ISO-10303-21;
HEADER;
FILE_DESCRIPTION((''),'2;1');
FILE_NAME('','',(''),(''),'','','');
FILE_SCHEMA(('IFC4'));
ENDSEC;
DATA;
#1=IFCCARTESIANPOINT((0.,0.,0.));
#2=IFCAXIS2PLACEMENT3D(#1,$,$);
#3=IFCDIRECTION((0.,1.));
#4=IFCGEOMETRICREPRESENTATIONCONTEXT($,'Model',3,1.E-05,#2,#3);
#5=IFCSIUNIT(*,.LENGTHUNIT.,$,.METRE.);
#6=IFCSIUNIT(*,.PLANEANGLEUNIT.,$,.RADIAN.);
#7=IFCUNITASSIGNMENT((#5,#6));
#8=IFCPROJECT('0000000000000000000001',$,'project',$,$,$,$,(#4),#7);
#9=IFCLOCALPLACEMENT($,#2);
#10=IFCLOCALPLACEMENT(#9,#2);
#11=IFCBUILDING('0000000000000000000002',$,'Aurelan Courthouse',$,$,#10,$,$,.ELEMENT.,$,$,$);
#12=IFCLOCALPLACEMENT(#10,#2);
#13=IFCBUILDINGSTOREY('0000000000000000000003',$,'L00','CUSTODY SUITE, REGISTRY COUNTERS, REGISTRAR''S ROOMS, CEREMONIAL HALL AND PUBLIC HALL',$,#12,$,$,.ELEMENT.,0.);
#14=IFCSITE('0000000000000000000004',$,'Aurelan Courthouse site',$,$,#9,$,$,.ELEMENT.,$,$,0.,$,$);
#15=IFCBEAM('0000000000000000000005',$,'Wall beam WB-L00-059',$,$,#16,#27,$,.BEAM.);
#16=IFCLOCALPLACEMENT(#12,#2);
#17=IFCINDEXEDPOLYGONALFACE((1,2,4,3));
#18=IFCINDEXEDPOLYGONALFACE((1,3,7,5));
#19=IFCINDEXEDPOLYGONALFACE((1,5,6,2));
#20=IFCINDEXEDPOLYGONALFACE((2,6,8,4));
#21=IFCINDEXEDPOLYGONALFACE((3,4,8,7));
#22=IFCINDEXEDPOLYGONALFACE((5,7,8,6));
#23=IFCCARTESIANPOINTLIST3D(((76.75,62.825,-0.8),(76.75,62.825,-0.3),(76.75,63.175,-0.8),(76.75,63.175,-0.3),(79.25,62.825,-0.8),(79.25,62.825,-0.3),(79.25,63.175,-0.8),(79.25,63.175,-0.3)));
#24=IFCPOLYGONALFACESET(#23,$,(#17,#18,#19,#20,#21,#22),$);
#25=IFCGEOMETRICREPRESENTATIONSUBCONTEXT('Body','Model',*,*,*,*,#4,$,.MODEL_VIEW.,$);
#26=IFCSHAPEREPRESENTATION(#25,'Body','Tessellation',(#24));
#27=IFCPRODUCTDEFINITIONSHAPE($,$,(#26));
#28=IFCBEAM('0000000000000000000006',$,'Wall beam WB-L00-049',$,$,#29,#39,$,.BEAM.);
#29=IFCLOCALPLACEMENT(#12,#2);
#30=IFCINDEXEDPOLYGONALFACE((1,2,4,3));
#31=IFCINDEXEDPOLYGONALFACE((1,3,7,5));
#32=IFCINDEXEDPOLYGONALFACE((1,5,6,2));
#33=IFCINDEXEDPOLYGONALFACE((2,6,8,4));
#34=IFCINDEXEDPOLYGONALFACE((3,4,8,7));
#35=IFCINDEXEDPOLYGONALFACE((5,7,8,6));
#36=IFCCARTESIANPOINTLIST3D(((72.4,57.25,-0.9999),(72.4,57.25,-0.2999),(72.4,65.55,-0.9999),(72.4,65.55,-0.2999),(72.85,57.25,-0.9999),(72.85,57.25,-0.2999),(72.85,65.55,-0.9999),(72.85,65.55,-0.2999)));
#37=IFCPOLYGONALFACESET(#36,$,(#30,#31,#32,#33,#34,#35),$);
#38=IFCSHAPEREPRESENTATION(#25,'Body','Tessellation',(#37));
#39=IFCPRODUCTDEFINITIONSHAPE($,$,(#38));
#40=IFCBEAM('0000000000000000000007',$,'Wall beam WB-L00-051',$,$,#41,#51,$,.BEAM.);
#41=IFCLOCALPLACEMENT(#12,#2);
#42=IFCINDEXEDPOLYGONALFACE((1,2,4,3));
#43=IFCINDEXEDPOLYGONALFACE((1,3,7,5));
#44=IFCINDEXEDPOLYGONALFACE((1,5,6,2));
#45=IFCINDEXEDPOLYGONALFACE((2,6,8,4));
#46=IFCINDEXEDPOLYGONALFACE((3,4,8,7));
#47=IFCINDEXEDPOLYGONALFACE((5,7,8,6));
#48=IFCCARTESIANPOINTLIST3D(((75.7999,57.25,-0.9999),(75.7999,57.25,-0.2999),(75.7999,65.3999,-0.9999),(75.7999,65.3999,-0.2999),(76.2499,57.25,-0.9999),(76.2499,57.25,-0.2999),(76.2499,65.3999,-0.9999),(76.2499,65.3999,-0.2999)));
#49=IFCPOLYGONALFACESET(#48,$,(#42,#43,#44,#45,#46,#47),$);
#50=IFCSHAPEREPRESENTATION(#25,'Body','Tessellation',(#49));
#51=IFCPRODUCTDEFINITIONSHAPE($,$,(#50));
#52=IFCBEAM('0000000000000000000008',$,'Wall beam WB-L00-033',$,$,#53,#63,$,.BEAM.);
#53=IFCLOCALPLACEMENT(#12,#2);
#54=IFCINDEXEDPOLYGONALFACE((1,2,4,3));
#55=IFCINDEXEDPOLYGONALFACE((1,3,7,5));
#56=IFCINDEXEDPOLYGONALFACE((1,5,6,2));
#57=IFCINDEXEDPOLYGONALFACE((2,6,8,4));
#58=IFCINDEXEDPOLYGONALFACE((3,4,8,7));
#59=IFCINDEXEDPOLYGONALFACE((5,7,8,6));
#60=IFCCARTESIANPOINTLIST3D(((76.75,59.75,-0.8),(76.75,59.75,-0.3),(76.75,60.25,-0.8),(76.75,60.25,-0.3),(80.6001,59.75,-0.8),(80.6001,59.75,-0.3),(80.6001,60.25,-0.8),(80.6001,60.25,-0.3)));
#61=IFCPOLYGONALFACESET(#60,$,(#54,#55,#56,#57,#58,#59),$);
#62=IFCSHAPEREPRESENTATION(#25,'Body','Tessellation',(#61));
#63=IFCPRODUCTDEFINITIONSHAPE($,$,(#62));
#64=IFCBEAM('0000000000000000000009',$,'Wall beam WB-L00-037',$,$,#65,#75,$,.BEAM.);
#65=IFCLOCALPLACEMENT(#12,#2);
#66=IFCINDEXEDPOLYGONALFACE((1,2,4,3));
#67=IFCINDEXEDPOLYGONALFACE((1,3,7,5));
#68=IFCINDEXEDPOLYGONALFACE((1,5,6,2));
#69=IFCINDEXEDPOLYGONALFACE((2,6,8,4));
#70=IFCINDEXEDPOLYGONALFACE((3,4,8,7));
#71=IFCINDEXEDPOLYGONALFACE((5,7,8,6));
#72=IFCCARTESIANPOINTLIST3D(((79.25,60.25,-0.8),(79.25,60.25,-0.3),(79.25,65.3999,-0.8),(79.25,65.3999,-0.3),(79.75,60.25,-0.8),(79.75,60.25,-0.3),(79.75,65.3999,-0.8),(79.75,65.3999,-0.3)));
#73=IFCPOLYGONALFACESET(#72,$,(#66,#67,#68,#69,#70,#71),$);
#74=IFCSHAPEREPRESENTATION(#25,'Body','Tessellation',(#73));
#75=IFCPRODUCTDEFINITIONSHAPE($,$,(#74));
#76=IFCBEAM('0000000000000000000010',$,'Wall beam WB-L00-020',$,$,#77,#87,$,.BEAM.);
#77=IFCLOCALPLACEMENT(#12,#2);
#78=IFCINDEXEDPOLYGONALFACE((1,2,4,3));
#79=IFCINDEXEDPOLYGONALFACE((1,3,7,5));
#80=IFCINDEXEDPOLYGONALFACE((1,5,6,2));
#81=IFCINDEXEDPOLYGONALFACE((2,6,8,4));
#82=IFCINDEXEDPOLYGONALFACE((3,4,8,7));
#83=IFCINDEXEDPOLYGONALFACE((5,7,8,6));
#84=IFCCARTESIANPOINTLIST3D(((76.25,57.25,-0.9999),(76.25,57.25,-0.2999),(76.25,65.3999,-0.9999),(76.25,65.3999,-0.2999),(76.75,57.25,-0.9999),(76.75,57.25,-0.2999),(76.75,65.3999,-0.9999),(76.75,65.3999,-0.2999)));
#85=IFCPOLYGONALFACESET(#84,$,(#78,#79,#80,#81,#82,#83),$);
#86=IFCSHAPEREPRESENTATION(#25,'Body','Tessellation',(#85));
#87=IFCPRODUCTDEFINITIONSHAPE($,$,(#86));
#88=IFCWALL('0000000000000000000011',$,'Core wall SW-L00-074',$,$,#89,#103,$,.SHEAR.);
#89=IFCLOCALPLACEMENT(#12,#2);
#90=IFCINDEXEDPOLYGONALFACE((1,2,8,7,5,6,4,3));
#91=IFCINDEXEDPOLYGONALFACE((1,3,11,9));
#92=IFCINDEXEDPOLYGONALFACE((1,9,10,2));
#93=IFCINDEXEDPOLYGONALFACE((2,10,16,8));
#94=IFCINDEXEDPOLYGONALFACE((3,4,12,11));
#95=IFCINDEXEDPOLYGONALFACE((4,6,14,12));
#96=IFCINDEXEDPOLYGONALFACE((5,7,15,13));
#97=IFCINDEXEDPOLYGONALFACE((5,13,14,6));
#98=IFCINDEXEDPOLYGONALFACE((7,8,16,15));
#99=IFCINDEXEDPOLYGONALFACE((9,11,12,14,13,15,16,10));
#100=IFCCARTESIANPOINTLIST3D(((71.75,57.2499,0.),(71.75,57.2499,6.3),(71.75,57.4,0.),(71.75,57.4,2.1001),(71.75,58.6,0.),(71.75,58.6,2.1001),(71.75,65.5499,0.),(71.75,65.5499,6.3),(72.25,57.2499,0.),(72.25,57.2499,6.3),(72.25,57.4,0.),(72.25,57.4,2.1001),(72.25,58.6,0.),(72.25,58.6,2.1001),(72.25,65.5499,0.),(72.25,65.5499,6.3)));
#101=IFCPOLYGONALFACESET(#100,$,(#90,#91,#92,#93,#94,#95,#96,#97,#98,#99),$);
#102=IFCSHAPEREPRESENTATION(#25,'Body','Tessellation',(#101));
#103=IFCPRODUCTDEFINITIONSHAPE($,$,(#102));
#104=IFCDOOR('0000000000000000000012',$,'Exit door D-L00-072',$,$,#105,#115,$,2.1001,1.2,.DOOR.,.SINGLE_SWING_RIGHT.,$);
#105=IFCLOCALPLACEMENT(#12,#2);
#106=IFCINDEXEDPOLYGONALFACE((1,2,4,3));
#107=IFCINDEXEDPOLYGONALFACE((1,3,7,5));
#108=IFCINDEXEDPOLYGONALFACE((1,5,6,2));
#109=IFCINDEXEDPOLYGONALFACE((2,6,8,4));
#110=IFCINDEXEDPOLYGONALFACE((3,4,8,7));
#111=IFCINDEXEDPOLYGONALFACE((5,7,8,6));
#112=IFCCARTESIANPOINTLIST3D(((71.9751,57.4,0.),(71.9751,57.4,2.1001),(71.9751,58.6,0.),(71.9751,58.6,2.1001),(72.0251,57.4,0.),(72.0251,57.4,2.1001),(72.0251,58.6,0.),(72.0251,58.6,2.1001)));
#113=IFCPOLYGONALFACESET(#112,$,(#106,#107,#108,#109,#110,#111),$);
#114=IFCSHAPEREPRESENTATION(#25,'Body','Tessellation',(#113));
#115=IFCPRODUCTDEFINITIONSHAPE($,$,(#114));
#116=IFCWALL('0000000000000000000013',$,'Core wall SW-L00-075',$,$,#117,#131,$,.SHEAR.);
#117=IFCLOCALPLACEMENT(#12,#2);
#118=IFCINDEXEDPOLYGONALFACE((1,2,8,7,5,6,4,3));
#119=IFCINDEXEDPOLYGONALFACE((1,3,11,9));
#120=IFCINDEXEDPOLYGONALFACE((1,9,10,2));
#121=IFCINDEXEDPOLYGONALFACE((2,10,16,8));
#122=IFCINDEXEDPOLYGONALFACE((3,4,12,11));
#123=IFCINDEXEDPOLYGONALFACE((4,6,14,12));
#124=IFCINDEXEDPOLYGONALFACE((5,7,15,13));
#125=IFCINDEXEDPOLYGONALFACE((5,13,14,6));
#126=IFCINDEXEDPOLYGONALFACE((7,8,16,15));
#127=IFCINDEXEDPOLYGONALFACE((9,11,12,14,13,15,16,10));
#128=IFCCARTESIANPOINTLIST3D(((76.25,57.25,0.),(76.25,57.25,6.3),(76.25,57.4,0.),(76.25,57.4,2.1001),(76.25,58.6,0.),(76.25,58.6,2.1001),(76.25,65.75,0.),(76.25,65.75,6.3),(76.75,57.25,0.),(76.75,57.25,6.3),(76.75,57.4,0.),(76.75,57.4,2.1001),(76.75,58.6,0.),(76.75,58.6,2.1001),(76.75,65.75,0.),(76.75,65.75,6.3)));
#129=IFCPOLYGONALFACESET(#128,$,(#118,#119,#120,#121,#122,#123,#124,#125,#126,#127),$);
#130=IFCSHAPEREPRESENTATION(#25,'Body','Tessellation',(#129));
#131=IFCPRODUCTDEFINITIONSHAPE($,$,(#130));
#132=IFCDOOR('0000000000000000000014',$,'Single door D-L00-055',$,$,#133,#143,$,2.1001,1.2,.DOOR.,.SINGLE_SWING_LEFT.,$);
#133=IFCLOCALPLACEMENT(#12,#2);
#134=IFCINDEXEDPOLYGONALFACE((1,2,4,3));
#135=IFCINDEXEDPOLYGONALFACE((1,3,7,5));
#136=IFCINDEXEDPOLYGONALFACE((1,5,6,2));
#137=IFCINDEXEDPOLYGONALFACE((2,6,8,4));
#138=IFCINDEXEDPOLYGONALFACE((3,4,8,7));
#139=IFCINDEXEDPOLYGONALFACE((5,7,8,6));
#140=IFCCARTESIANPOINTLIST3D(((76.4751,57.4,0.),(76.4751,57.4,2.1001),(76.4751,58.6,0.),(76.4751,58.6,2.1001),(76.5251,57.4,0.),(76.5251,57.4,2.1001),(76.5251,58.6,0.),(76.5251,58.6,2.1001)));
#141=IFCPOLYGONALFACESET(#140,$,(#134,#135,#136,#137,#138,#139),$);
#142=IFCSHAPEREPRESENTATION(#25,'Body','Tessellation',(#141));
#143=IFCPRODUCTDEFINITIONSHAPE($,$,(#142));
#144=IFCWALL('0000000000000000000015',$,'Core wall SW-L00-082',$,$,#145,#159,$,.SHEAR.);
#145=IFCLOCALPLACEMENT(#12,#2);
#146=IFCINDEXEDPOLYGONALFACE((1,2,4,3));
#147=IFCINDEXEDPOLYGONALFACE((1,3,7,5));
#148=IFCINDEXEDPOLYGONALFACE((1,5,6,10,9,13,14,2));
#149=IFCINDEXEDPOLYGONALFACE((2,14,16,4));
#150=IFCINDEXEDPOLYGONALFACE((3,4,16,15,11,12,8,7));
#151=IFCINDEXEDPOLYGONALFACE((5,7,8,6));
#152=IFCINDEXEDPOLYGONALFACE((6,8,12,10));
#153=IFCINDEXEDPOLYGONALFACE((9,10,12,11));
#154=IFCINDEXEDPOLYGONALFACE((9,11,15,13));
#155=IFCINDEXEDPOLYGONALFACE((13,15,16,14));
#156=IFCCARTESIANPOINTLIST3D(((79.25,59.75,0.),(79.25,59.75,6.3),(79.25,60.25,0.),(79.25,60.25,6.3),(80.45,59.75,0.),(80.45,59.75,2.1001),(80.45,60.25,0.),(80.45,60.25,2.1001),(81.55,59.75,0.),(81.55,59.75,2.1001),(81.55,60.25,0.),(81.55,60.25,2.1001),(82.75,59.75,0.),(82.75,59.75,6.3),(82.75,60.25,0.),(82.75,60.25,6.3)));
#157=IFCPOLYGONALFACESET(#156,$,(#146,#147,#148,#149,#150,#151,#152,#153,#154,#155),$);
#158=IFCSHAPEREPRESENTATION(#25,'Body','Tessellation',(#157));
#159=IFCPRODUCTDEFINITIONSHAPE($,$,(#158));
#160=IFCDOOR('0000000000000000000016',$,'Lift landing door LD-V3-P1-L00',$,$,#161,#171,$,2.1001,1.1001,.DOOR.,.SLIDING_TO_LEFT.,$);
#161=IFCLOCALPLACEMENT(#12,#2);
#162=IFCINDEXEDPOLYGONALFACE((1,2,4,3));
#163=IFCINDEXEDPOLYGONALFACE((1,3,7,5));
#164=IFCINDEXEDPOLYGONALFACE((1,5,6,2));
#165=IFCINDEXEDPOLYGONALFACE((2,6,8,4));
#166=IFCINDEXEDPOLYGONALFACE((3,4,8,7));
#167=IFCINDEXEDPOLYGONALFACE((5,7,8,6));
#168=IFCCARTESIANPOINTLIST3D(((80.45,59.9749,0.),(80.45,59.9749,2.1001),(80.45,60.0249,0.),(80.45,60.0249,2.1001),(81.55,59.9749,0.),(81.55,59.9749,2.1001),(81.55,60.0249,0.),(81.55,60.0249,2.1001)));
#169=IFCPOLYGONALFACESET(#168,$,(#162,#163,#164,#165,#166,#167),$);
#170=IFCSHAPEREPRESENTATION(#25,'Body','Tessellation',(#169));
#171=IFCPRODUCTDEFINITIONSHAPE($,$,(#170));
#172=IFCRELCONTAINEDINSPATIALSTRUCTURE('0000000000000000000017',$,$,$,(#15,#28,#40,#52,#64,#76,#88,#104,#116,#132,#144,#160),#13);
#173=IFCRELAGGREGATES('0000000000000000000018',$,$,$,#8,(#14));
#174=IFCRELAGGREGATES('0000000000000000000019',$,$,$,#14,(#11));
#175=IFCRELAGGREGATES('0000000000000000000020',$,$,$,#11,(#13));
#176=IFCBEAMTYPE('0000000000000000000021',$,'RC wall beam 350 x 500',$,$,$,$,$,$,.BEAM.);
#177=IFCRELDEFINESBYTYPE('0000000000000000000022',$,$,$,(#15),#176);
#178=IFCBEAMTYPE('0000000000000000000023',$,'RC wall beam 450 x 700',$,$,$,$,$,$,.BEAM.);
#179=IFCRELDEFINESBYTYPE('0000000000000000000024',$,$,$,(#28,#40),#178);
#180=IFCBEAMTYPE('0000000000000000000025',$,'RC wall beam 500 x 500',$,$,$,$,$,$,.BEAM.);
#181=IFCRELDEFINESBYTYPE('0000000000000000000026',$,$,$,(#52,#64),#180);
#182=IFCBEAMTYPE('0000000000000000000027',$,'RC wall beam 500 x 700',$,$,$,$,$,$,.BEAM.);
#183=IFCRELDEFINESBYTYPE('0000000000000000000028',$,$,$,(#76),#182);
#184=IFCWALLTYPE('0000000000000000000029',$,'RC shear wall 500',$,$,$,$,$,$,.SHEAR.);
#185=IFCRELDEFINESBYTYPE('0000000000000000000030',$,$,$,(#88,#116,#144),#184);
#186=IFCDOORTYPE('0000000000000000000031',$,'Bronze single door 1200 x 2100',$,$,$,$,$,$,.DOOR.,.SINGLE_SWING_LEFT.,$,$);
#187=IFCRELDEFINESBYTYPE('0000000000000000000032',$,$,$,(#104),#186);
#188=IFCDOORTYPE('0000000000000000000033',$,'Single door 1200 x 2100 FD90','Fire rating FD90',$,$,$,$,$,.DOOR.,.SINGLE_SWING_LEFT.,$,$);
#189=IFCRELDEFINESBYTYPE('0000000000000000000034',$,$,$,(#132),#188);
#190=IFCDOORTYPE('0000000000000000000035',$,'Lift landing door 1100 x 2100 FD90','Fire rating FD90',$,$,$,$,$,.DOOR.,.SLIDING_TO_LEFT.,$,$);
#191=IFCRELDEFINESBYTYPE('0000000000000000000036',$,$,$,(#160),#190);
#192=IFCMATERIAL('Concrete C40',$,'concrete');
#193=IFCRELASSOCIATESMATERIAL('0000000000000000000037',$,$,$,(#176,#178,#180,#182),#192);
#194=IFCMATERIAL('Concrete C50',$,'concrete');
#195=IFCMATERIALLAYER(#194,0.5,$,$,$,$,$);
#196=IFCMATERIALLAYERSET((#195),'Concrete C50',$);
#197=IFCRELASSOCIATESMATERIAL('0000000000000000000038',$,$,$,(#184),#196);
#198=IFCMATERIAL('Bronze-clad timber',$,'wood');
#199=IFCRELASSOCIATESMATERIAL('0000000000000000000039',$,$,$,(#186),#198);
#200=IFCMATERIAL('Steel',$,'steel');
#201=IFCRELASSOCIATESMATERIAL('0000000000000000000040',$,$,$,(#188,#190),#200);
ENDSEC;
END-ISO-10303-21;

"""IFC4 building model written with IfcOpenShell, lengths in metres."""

from ifc_helpers import new_model, si_unit, direction, frame, frame_2d, origin, origin_2d, place, context, subcontext, project, spatial, rectangle, extrude, material, layer, layer_set, material_profile, profile_set, type_object, element, fill, save


model = new_model("IFC4")

# Units and contexts
model_context = context("Model", 3, precision=1e-05, world=origin(), true_north=direction((0.0, 1.0)))
body_context = subcontext(model_context, "Body", "Model", "MODEL_VIEW")
ifc_project = project(units=[si_unit("LENGTHUNIT", "METRE"), si_unit("PLANEANGLEUNIT", "RADIAN")], contexts=[model_context])

# Site, building, storey
site_placement = place(None, origin())
site = spatial("IfcSite", under=ifc_project, at=site_placement, Name="Aurelan Courthouse site", CompositionType="ELEMENT", RefElevation=0.0)
building_placement = place(site_placement, origin())
building = spatial("IfcBuilding", under=site, at=building_placement, Name="Aurelan Courthouse", CompositionType="ELEMENT")
storey_placement = place(building_placement, origin())
storey = spatial("IfcBuildingStorey", under=building, at=storey_placement, Name="L00", Description="CUSTODY SUITE, REGISTRY COUNTERS, REGISTRAR'S ROOMS, CEREMONIAL HALL AND PUBLIC HALL", CompositionType="ELEMENT", Elevation=0.0)

# Beams
ifc_material_1 = material(Name="Concrete C40", Category="concrete")
ifc_material_profile_1 = material_profile(ifc_material_1, rectangle(XDim=0.3501, YDim=0.5, at=origin_2d()), Name="RC 350 x 500")
ifc_profile_set_1 = profile_set([ifc_material_profile_1], Name="Concrete C40")
beam_type_1 = type_object("IfcBeamType", Name="RC wall beam 350 x 500", PredefinedType="BEAM", material=ifc_profile_set_1)
beam_1_placement = place(storey_placement, frame((76.75, 63.0, -0.55), z_axis=(1.0, 0.0, 0.0), x_axis=(0.0, 1.0, 0.0)))
element("IfcBeam", 1, at=beam_1_placement, inside=storey, type_object=beam_type_1, Name="Wall beam WB-L00-059", PredefinedType="BEAM", context=body_context, shape_type="SweptSolid", body=[
    extrude(rectangle(XDim=0.3501, YDim=0.5, at=origin_2d()), origin(), (0.0, 0.0, 1.0), 2.5),
])
ifc_material_profile_2 = material_profile(ifc_material_1, rectangle(XDim=0.45, YDim=0.7, at=origin_2d()), Name="RC 450 x 700")
ifc_profile_set_2 = profile_set([ifc_material_profile_2], Name="Concrete C40")
beam_type_2 = type_object("IfcBeamType", Name="RC wall beam 450 x 700", PredefinedType="BEAM", material=ifc_profile_set_2)
beam_2_placement = place(storey_placement, frame((72.625, 57.25, -0.6499), z_axis=(0.0, 1.0, 0.0), x_axis=(-1.0, 0.0, 0.0)))
element("IfcBeam", 2, at=beam_2_placement, inside=storey, type_object=beam_type_2, Name="Wall beam WB-L00-049", PredefinedType="BEAM", context=body_context, shape_type="SweptSolid", body=[
    extrude(rectangle(XDim=0.45, YDim=0.7, at=origin_2d()), origin(), (0.0, 0.0, 1.0), 8.3),
])
beam_3_placement = place(storey_placement, frame((76.0249, 57.25, -0.6499), z_axis=(0.0, 1.0, 0.0), x_axis=(-1.0, 0.0, 0.0)))
element("IfcBeam", 3, at=beam_3_placement, inside=storey, type_object=beam_type_2, Name="Wall beam WB-L00-051", PredefinedType="BEAM", context=body_context, shape_type="SweptSolid", body=[
    extrude(rectangle(XDim=0.45, YDim=0.7, at=origin_2d()), origin(), (0.0, 0.0, 1.0), 8.1499),
])
ifc_material_profile_3 = material_profile(ifc_material_1, rectangle(XDim=0.5, YDim=0.5, at=origin_2d()), Name="RC 500 x 500")
ifc_profile_set_3 = profile_set([ifc_material_profile_3], Name="Concrete C40")
beam_type_3 = type_object("IfcBeamType", Name="RC wall beam 500 x 500", PredefinedType="BEAM", material=ifc_profile_set_3)
beam_4_placement = place(storey_placement, frame((76.75, 60.0, -0.55), z_axis=(1.0, 0.0, 0.0), x_axis=(0.0, 1.0, 0.0)))
element("IfcBeam", 4, at=beam_4_placement, inside=storey, type_object=beam_type_3, Name="Wall beam WB-L00-033", PredefinedType="BEAM", context=body_context, shape_type="SweptSolid", body=[
    extrude(rectangle(XDim=0.5, YDim=0.5, at=origin_2d()), origin(), (0.0, 0.0, 1.0), 3.8501),
])
beam_5_placement = place(storey_placement, frame((79.5, 60.25, -0.55), z_axis=(0.0, 1.0, 0.0), x_axis=(-1.0, 0.0, 0.0)))
element("IfcBeam", 5, at=beam_5_placement, inside=storey, type_object=beam_type_3, Name="Wall beam WB-L00-037", PredefinedType="BEAM", context=body_context, shape_type="SweptSolid", body=[
    extrude(rectangle(XDim=0.5, YDim=0.5, at=origin_2d()), origin(), (0.0, 0.0, 1.0), 5.1499),
])
ifc_material_profile_4 = material_profile(ifc_material_1, rectangle(XDim=0.5, YDim=0.7, at=origin_2d()), Name="RC 500 x 700")
ifc_profile_set_4 = profile_set([ifc_material_profile_4], Name="Concrete C40")
beam_type_4 = type_object("IfcBeamType", Name="RC wall beam 500 x 700", PredefinedType="BEAM", material=ifc_profile_set_4)
beam_6_placement = place(storey_placement, frame((76.5, 57.25, -0.6499), z_axis=(0.0, 1.0, 0.0), x_axis=(-1.0, 0.0, 0.0)))
element("IfcBeam", 6, at=beam_6_placement, inside=storey, type_object=beam_type_4, Name="Wall beam WB-L00-020", PredefinedType="BEAM", context=body_context, shape_type="SweptSolid", body=[
    extrude(rectangle(XDim=0.5, YDim=0.7, at=origin_2d()), origin(), (0.0, 0.0, 1.0), 8.1499),
])

# Walls, openings, doors
ifc_material_2 = material(Name="Concrete C50", Category="concrete")
ifc_layer_1 = layer(ifc_material_2, 0.5)
ifc_layer_set_1 = layer_set([ifc_layer_1], Name="Concrete C50")
wall_type_1 = type_object("IfcWallType", Name="RC shear wall 500", PredefinedType="SHEAR", material=ifc_layer_set_1)
wall_1_placement = place(storey_placement, frame((72.0, 57.25, 0.0), z_axis=(0.0, 0.0, 1.0), x_axis=(0.0, 1.0, 0.0)))
wall_1 = element("IfcWall", 7, at=wall_1_placement, inside=storey, type_object=wall_type_1, Name="Core wall SW-L00-074", PredefinedType="SHEAR", context=body_context, shape_type="SweptSolid", body=[
    extrude(rectangle(XDim=8.3, YDim=0.5, at=frame_2d((4.1499, 0.0))), origin(), (0.0, 0.0, 1.0), 6.3),
])
opening_1_placement = place(wall_1_placement, frame((0.1499, 0.0, 0.0)))
opening_1 = element("IfcOpeningElement", 8, at=opening_1_placement, cuts=wall_1, PredefinedType="OPENING", context=body_context, shape_type="SweptSolid", body=[
    extrude(rectangle(XDim=1.2, YDim=2.1001, at=frame_2d((0.6001, 1.05))), frame((0.0, 0.26, 0.0), z_axis=(0.0, -1.0, 0.0), x_axis=(1.0, 0.0, 0.0)), (0.0, 0.0, 1.0), 0.52),
])
ifc_material_3 = material(Name="Bronze-clad timber", Category="wood")
door_type_1 = type_object("IfcDoorType", Name="Bronze single door 1200 x 2100", OperationType="SINGLE_SWING_LEFT", PredefinedType="DOOR", material=ifc_material_3)
door_1_placement = place(opening_1_placement, origin())
door_1 = element("IfcDoor", 9, at=door_1_placement, inside=storey, type_object=door_type_1, Name="Exit door D-L00-072", OperationType="SINGLE_SWING_RIGHT", OverallHeight=2.1001, OverallWidth=1.2, PredefinedType="DOOR", context=body_context, shape_type="SweptSolid", body=[
    extrude(rectangle(XDim=1.2, YDim=2.1001, at=frame_2d((0.6001, 1.05))), frame((0.0, 0.0249, 0.0), z_axis=(0.0, -1.0, 0.0), x_axis=(1.0, 0.0, 0.0)), (0.0, 0.0, 1.0), 0.05),
])
fill(opening_1, door_1)
wall_2_placement = place(storey_placement, frame((76.5, 57.25, 0.0), z_axis=(0.0, 0.0, 1.0), x_axis=(0.0, 1.0, 0.0)))
wall_2 = element("IfcWall", 10, at=wall_2_placement, inside=storey, type_object=wall_type_1, Name="Core wall SW-L00-075", PredefinedType="SHEAR", context=body_context, shape_type="SweptSolid", body=[
    extrude(rectangle(XDim=8.5, YDim=0.5, at=frame_2d((4.25, 0.0))), origin(), (0.0, 0.0, 1.0), 6.3),
])
opening_2_placement = place(wall_2_placement, frame((0.1499, 0.0, 0.0)))
opening_2 = element("IfcOpeningElement", 11, at=opening_2_placement, cuts=wall_2, PredefinedType="OPENING", context=body_context, shape_type="SweptSolid", body=[
    extrude(rectangle(XDim=1.2, YDim=2.1001, at=frame_2d((0.6001, 1.05))), frame((0.0, 0.26, 0.0), z_axis=(0.0, -1.0, 0.0), x_axis=(1.0, 0.0, 0.0)), (0.0, 0.0, 1.0), 0.52),
])
ifc_material_4 = material(Name="Steel", Category="steel")
door_type_2 = type_object("IfcDoorType", Name="Single door 1200 x 2100 FD90", Description="Fire rating FD90", OperationType="SINGLE_SWING_LEFT", PredefinedType="DOOR", material=ifc_material_4)
door_2_placement = place(opening_2_placement, origin())
door_2 = element("IfcDoor", 12, at=door_2_placement, inside=storey, type_object=door_type_2, Name="Single door D-L00-055", OperationType="SINGLE_SWING_LEFT", OverallHeight=2.1001, OverallWidth=1.2, PredefinedType="DOOR", context=body_context, shape_type="SweptSolid", body=[
    extrude(rectangle(XDim=1.2, YDim=2.1001, at=frame_2d((0.6001, 1.05))), frame((0.0, 0.0249, 0.0), z_axis=(0.0, -1.0, 0.0), x_axis=(1.0, 0.0, 0.0)), (0.0, 0.0, 1.0), 0.05),
])
fill(opening_2, door_2)
wall_3_placement = place(storey_placement, frame((79.25, 60.0, 0.0), z_axis=(0.0, 0.0, 1.0), x_axis=(1.0, 0.0, 0.0)))
wall_3 = element("IfcWall", 13, at=wall_3_placement, inside=storey, type_object=wall_type_1, Name="Core wall SW-L00-082", PredefinedType="SHEAR", context=body_context, shape_type="SweptSolid", body=[
    extrude(rectangle(XDim=3.5, YDim=0.5, at=frame_2d((1.75, 0.0))), origin(), (0.0, 0.0, 1.0), 6.3),
])
opening_3_placement = place(wall_3_placement, frame((1.2, 0.0, 0.0)))
opening_3 = element("IfcOpeningElement", 14, at=opening_3_placement, cuts=wall_3, PredefinedType="OPENING", context=body_context, shape_type="SweptSolid", body=[
    extrude(rectangle(XDim=1.1001, YDim=2.1001, at=frame_2d((0.55, 1.05))), frame((0.0, 0.26, 0.0), z_axis=(0.0, -1.0, 0.0), x_axis=(1.0, 0.0, 0.0)), (0.0, 0.0, 1.0), 0.52),
])
door_type_3 = type_object("IfcDoorType", Name="Lift landing door 1100 x 2100 FD90", Description="Fire rating FD90", OperationType="SLIDING_TO_LEFT", PredefinedType="DOOR", material=ifc_material_4)
door_3_placement = place(opening_3_placement, origin())
door_3 = element("IfcDoor", 15, at=door_3_placement, inside=storey, type_object=door_type_3, Name="Lift landing door LD-V3-P1-L00", OperationType="SLIDING_TO_LEFT", OverallHeight=2.1001, OverallWidth=1.1001, PredefinedType="DOOR", context=body_context, shape_type="SweptSolid", body=[
    extrude(rectangle(XDim=1.1001, YDim=2.1001, at=frame_2d((0.55, 1.05))), frame((0.0, 0.0249, 0.0), z_axis=(0.0, -1.0, 0.0), x_axis=(1.0, 0.0, 0.0)), (0.0, 0.0, 1.0), 0.05),
])
fill(opening_3, door_3)

save(model, "model.ifc")
